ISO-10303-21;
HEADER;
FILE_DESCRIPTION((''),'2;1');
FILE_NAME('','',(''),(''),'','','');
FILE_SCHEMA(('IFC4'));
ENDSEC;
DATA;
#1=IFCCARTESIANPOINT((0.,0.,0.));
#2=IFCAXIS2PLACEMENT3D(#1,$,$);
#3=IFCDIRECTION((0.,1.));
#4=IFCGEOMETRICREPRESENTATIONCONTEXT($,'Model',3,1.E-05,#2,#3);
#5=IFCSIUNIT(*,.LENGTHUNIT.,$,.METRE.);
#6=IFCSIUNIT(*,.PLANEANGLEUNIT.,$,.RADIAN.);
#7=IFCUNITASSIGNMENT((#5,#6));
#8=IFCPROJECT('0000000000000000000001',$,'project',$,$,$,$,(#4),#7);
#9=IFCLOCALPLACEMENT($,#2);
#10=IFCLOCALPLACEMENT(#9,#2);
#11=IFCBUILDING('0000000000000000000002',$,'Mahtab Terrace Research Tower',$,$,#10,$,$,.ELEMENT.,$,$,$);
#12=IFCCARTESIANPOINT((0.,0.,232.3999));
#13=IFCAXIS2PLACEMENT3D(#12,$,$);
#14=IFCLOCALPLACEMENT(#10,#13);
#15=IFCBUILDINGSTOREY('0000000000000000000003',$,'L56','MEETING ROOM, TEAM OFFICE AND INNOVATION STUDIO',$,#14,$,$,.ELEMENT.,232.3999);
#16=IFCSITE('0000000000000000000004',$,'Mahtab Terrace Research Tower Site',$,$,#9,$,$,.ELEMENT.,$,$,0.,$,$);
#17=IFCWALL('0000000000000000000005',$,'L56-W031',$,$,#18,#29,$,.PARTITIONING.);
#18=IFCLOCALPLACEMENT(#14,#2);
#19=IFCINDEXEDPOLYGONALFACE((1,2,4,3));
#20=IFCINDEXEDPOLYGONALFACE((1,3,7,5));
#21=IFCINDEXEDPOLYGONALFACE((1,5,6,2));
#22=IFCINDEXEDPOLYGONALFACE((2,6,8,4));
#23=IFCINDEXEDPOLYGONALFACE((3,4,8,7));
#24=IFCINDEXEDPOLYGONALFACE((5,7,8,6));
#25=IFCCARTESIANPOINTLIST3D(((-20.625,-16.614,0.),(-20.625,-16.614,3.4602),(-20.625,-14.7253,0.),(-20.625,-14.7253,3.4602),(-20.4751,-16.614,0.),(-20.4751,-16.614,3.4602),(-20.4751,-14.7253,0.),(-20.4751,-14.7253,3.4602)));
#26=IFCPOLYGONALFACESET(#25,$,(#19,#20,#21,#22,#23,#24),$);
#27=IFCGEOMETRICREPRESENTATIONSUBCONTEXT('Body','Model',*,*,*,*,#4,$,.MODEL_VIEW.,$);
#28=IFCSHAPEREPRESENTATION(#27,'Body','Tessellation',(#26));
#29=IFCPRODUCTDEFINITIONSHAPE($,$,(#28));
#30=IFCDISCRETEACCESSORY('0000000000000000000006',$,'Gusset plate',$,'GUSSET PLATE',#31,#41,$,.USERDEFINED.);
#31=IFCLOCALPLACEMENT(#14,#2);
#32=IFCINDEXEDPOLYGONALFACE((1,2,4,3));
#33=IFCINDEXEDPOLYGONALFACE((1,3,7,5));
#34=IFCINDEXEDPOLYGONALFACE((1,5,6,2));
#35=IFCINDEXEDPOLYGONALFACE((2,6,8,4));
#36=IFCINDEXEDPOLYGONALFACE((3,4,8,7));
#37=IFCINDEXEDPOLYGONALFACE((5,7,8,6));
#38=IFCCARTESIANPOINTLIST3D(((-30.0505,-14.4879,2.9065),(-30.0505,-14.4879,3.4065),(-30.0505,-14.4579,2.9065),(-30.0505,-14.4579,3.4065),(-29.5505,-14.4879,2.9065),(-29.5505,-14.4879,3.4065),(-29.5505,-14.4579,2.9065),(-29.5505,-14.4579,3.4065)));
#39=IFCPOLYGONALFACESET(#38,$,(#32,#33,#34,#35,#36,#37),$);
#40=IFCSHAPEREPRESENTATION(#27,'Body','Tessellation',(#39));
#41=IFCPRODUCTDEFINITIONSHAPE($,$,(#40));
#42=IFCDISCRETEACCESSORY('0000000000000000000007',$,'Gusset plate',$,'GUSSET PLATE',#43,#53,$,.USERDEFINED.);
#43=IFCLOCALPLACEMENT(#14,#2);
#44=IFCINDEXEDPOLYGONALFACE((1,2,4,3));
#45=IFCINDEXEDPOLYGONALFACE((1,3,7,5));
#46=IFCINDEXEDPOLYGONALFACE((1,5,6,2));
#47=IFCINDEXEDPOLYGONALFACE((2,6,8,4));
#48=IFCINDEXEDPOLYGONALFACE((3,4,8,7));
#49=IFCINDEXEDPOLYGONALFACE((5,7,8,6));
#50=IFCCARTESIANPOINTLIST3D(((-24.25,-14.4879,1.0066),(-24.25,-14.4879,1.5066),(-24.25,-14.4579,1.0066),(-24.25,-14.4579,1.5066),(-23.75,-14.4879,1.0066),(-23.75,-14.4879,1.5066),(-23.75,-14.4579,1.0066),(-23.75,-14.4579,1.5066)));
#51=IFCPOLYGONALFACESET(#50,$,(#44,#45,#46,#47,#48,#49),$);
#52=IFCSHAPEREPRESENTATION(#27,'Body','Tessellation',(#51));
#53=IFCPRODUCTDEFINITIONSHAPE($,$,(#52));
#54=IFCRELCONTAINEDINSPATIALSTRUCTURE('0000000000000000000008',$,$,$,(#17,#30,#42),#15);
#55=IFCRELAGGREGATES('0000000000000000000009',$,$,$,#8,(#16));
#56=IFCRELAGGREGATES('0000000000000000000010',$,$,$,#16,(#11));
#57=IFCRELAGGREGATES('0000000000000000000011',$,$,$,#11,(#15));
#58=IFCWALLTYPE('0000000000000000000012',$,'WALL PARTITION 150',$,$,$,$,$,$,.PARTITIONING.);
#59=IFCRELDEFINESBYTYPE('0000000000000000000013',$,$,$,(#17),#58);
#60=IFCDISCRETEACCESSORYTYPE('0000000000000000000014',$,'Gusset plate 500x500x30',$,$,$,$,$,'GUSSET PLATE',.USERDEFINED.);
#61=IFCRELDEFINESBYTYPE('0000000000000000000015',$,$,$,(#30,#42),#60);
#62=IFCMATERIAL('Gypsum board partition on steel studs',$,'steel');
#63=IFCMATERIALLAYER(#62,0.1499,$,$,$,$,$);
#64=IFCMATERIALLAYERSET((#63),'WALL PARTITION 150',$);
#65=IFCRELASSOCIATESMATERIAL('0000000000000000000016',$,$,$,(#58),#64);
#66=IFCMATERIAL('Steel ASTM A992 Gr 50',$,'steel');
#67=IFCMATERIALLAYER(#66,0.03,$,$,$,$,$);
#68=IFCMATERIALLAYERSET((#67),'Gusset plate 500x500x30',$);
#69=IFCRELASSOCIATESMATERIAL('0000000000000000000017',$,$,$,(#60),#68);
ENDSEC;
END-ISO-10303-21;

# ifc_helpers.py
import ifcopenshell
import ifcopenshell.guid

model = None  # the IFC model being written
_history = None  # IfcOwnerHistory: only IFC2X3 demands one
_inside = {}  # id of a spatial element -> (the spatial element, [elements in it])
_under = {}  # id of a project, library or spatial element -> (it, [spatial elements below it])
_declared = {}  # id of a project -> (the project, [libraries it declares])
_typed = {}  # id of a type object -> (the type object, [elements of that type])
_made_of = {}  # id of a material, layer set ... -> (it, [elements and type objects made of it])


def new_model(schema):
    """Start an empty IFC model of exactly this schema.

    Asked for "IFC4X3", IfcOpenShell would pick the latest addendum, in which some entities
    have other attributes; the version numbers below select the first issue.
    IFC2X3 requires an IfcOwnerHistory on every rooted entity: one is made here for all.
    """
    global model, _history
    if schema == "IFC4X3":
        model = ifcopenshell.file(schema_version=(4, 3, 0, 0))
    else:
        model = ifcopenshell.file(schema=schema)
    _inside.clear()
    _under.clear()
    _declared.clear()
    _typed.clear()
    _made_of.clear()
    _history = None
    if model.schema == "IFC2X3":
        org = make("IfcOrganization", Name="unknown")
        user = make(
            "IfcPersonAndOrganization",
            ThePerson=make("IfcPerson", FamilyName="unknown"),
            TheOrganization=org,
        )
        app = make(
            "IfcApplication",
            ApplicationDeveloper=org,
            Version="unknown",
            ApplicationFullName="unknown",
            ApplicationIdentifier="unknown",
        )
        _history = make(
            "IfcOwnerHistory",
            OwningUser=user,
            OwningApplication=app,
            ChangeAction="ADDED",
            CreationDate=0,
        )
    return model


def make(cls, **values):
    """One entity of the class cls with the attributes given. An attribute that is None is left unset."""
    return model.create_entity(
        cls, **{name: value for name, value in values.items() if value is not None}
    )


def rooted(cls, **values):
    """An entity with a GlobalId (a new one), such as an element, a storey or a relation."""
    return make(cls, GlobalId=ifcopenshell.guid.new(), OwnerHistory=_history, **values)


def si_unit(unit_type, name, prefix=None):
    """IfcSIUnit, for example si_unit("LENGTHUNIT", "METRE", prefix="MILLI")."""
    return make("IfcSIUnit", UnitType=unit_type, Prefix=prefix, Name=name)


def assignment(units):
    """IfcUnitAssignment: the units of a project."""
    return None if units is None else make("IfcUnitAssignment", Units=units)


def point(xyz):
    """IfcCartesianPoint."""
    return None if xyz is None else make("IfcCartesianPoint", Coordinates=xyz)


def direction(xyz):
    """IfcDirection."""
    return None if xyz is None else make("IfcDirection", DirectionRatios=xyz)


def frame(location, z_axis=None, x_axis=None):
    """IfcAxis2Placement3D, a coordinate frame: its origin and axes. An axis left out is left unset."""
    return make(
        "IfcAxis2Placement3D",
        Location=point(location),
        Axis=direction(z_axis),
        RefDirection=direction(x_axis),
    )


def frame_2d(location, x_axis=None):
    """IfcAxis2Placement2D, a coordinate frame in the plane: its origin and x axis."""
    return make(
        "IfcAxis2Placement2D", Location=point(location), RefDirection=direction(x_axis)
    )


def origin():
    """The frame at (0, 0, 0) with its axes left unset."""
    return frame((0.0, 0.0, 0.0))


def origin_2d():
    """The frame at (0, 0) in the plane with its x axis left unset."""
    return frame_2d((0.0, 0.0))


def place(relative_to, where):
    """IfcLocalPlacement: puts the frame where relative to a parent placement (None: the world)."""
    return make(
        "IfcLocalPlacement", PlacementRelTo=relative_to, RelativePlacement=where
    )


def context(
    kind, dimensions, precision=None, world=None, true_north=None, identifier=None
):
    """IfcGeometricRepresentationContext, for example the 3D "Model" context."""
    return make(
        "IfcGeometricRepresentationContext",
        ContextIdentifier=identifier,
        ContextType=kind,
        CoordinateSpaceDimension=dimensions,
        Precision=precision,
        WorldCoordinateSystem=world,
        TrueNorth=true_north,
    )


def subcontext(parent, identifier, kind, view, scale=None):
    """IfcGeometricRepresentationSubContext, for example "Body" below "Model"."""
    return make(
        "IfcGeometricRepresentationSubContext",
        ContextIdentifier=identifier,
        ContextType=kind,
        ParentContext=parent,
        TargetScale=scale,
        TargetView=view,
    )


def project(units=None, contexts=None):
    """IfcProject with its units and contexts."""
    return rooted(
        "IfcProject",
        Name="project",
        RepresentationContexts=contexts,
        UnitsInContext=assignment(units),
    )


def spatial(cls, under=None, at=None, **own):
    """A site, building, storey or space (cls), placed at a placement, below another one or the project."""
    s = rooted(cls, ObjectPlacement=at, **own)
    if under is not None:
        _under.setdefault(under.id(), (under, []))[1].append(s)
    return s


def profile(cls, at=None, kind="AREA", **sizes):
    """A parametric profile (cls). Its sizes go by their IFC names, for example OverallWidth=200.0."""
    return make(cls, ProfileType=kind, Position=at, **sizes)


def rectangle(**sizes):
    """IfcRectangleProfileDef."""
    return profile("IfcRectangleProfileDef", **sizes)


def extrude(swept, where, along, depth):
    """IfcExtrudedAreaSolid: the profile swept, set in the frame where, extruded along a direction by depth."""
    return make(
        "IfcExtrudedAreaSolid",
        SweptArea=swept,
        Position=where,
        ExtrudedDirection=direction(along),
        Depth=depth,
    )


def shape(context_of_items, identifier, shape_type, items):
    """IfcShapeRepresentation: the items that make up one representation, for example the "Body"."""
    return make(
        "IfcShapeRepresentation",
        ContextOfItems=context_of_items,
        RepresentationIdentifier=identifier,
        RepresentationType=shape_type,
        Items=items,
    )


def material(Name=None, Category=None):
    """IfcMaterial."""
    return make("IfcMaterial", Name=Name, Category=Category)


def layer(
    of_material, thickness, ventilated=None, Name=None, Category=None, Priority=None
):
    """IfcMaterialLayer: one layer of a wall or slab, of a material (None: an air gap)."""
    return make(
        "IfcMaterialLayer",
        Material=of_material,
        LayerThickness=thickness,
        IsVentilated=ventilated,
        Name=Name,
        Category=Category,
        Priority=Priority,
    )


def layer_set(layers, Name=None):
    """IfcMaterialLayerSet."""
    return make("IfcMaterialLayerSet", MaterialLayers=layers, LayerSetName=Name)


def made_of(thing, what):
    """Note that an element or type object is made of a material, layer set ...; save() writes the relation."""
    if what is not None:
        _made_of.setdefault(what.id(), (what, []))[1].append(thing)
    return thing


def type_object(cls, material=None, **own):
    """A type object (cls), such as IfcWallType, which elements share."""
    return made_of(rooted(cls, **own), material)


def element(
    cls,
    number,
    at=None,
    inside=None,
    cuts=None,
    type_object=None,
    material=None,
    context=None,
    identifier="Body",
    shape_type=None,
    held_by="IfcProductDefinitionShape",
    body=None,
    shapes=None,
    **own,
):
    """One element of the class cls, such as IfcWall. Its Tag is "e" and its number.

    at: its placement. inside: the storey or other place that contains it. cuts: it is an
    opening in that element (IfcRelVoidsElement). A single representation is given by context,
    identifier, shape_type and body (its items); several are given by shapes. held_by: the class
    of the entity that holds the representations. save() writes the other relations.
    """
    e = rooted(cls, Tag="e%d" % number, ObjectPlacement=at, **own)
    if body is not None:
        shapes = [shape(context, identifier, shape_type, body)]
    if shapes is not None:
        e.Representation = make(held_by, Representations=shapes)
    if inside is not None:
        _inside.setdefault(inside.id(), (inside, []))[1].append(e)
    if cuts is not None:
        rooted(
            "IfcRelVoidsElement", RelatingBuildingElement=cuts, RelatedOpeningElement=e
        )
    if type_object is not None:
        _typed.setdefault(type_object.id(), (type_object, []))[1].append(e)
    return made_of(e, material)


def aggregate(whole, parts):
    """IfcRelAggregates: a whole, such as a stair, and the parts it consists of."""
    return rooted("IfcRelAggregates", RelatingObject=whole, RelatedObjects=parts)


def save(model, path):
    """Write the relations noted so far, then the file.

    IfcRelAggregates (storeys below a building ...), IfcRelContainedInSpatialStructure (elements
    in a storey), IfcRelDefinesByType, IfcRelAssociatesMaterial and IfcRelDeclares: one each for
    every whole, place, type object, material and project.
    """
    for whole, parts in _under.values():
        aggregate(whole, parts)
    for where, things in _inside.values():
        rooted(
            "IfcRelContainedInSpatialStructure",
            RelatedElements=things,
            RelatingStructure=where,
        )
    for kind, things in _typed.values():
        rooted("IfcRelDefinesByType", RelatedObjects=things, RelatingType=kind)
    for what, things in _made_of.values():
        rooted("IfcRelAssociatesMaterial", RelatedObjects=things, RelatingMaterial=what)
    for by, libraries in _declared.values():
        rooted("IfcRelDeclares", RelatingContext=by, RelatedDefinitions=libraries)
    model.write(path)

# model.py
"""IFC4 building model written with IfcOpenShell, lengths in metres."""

from ifc_helpers import new_model, si_unit, direction, frame, frame_2d, origin, origin_2d, place, context, subcontext, project, spatial, rectangle, extrude, material, layer, layer_set, type_object, element, save


model = new_model("IFC4")

# Units and contexts
model_context = context("Model", 3, precision=1e-05, world=origin(), true_north=direction((0.0, 1.0)))
body_context = subcontext(model_context, "Body", "Model", "MODEL_VIEW")
ifc_project = project(units=[si_unit("LENGTHUNIT", "METRE"), si_unit("PLANEANGLEUNIT", "RADIAN")], contexts=[model_context])

# Site, building, storey
site_placement = place(None, origin())
site = spatial("IfcSite", under=ifc_project, at=site_placement, Name="Mahtab Terrace Research Tower Site", CompositionType="ELEMENT", RefElevation=0.0)
building_placement = place(site_placement, origin())
building = spatial("IfcBuilding", under=site, at=building_placement, Name="Mahtab Terrace Research Tower", CompositionType="ELEMENT")
storey_placement = place(building_placement, frame((0.0, 0.0, 232.3999)))
storey = spatial("IfcBuildingStorey", under=building, at=storey_placement, Name="L56", Description="MEETING ROOM, TEAM OFFICE AND INNOVATION STUDIO", CompositionType="ELEMENT", Elevation=232.3999)

# Shared definitions
ifc_material_1 = material(Name="Steel ASTM A992 Gr 50", Category="steel")

# Wall
ifc_material_2 = material(Name="Gypsum board partition on steel studs", Category="steel")
ifc_layer_1 = layer(ifc_material_2, 0.1499)
ifc_layer_set_1 = layer_set([ifc_layer_1], Name="WALL PARTITION 150")
wall_type = type_object("IfcWallType", Name="WALL PARTITION 150", PredefinedType="PARTITIONING", material=ifc_layer_set_1)
wall_1_placement = place(storey_placement, frame((-20.55, -16.614, 0.0), z_axis=(0.0, 0.0, 1.0), x_axis=(0.0, 1.0, 0.0)))
element("IfcWall", 1, at=wall_1_placement, inside=storey, type_object=wall_type, Name="L56-W031", PredefinedType="PARTITIONING", context=body_context, shape_type="SweptSolid", body=[
    extrude(rectangle(XDim=1.8887, YDim=0.1499, at=frame_2d((0.9443, 0.0))), origin(), (0.0, 0.0, 1.0), 3.4602),
])

# Discrete accessories
ifc_layer_2 = layer(ifc_material_1, 0.03)
ifc_layer_set_2 = layer_set([ifc_layer_2], Name="Gusset plate 500x500x30")
discrete_accessory_type = type_object("IfcDiscreteAccessoryType", Name="Gusset plate 500x500x30", ElementType="GUSSET PLATE", PredefinedType="USERDEFINED", material=ifc_layer_set_2)
for number, where, z_axis, x_axis, name in (
    (2, (-29.8005, -14.4729, 2.9065), (0.0, 0.0, 1.0), (1.0, 0.0, 0.0), "Gusset plate"),
    (3, (-24.0, -14.4729, 1.0066), (0.0, 0.0, 1.0), (1.0, 0.0, 0.0), "Gusset plate"),
):
    element("IfcDiscreteAccessory", number, at=place(storey_placement, frame(where, z_axis=z_axis, x_axis=x_axis)), inside=storey, type_object=discrete_accessory_type, Name=name, ObjectType="GUSSET PLATE", PredefinedType="USERDEFINED", context=body_context, shape_type="SweptSolid", body=[
        extrude(rectangle(XDim=0.5, YDim=0.03, at=origin_2d()), origin(), (0.0, 0.0, 1.0), 0.5),
    ])

save(model, "model.ifc")
